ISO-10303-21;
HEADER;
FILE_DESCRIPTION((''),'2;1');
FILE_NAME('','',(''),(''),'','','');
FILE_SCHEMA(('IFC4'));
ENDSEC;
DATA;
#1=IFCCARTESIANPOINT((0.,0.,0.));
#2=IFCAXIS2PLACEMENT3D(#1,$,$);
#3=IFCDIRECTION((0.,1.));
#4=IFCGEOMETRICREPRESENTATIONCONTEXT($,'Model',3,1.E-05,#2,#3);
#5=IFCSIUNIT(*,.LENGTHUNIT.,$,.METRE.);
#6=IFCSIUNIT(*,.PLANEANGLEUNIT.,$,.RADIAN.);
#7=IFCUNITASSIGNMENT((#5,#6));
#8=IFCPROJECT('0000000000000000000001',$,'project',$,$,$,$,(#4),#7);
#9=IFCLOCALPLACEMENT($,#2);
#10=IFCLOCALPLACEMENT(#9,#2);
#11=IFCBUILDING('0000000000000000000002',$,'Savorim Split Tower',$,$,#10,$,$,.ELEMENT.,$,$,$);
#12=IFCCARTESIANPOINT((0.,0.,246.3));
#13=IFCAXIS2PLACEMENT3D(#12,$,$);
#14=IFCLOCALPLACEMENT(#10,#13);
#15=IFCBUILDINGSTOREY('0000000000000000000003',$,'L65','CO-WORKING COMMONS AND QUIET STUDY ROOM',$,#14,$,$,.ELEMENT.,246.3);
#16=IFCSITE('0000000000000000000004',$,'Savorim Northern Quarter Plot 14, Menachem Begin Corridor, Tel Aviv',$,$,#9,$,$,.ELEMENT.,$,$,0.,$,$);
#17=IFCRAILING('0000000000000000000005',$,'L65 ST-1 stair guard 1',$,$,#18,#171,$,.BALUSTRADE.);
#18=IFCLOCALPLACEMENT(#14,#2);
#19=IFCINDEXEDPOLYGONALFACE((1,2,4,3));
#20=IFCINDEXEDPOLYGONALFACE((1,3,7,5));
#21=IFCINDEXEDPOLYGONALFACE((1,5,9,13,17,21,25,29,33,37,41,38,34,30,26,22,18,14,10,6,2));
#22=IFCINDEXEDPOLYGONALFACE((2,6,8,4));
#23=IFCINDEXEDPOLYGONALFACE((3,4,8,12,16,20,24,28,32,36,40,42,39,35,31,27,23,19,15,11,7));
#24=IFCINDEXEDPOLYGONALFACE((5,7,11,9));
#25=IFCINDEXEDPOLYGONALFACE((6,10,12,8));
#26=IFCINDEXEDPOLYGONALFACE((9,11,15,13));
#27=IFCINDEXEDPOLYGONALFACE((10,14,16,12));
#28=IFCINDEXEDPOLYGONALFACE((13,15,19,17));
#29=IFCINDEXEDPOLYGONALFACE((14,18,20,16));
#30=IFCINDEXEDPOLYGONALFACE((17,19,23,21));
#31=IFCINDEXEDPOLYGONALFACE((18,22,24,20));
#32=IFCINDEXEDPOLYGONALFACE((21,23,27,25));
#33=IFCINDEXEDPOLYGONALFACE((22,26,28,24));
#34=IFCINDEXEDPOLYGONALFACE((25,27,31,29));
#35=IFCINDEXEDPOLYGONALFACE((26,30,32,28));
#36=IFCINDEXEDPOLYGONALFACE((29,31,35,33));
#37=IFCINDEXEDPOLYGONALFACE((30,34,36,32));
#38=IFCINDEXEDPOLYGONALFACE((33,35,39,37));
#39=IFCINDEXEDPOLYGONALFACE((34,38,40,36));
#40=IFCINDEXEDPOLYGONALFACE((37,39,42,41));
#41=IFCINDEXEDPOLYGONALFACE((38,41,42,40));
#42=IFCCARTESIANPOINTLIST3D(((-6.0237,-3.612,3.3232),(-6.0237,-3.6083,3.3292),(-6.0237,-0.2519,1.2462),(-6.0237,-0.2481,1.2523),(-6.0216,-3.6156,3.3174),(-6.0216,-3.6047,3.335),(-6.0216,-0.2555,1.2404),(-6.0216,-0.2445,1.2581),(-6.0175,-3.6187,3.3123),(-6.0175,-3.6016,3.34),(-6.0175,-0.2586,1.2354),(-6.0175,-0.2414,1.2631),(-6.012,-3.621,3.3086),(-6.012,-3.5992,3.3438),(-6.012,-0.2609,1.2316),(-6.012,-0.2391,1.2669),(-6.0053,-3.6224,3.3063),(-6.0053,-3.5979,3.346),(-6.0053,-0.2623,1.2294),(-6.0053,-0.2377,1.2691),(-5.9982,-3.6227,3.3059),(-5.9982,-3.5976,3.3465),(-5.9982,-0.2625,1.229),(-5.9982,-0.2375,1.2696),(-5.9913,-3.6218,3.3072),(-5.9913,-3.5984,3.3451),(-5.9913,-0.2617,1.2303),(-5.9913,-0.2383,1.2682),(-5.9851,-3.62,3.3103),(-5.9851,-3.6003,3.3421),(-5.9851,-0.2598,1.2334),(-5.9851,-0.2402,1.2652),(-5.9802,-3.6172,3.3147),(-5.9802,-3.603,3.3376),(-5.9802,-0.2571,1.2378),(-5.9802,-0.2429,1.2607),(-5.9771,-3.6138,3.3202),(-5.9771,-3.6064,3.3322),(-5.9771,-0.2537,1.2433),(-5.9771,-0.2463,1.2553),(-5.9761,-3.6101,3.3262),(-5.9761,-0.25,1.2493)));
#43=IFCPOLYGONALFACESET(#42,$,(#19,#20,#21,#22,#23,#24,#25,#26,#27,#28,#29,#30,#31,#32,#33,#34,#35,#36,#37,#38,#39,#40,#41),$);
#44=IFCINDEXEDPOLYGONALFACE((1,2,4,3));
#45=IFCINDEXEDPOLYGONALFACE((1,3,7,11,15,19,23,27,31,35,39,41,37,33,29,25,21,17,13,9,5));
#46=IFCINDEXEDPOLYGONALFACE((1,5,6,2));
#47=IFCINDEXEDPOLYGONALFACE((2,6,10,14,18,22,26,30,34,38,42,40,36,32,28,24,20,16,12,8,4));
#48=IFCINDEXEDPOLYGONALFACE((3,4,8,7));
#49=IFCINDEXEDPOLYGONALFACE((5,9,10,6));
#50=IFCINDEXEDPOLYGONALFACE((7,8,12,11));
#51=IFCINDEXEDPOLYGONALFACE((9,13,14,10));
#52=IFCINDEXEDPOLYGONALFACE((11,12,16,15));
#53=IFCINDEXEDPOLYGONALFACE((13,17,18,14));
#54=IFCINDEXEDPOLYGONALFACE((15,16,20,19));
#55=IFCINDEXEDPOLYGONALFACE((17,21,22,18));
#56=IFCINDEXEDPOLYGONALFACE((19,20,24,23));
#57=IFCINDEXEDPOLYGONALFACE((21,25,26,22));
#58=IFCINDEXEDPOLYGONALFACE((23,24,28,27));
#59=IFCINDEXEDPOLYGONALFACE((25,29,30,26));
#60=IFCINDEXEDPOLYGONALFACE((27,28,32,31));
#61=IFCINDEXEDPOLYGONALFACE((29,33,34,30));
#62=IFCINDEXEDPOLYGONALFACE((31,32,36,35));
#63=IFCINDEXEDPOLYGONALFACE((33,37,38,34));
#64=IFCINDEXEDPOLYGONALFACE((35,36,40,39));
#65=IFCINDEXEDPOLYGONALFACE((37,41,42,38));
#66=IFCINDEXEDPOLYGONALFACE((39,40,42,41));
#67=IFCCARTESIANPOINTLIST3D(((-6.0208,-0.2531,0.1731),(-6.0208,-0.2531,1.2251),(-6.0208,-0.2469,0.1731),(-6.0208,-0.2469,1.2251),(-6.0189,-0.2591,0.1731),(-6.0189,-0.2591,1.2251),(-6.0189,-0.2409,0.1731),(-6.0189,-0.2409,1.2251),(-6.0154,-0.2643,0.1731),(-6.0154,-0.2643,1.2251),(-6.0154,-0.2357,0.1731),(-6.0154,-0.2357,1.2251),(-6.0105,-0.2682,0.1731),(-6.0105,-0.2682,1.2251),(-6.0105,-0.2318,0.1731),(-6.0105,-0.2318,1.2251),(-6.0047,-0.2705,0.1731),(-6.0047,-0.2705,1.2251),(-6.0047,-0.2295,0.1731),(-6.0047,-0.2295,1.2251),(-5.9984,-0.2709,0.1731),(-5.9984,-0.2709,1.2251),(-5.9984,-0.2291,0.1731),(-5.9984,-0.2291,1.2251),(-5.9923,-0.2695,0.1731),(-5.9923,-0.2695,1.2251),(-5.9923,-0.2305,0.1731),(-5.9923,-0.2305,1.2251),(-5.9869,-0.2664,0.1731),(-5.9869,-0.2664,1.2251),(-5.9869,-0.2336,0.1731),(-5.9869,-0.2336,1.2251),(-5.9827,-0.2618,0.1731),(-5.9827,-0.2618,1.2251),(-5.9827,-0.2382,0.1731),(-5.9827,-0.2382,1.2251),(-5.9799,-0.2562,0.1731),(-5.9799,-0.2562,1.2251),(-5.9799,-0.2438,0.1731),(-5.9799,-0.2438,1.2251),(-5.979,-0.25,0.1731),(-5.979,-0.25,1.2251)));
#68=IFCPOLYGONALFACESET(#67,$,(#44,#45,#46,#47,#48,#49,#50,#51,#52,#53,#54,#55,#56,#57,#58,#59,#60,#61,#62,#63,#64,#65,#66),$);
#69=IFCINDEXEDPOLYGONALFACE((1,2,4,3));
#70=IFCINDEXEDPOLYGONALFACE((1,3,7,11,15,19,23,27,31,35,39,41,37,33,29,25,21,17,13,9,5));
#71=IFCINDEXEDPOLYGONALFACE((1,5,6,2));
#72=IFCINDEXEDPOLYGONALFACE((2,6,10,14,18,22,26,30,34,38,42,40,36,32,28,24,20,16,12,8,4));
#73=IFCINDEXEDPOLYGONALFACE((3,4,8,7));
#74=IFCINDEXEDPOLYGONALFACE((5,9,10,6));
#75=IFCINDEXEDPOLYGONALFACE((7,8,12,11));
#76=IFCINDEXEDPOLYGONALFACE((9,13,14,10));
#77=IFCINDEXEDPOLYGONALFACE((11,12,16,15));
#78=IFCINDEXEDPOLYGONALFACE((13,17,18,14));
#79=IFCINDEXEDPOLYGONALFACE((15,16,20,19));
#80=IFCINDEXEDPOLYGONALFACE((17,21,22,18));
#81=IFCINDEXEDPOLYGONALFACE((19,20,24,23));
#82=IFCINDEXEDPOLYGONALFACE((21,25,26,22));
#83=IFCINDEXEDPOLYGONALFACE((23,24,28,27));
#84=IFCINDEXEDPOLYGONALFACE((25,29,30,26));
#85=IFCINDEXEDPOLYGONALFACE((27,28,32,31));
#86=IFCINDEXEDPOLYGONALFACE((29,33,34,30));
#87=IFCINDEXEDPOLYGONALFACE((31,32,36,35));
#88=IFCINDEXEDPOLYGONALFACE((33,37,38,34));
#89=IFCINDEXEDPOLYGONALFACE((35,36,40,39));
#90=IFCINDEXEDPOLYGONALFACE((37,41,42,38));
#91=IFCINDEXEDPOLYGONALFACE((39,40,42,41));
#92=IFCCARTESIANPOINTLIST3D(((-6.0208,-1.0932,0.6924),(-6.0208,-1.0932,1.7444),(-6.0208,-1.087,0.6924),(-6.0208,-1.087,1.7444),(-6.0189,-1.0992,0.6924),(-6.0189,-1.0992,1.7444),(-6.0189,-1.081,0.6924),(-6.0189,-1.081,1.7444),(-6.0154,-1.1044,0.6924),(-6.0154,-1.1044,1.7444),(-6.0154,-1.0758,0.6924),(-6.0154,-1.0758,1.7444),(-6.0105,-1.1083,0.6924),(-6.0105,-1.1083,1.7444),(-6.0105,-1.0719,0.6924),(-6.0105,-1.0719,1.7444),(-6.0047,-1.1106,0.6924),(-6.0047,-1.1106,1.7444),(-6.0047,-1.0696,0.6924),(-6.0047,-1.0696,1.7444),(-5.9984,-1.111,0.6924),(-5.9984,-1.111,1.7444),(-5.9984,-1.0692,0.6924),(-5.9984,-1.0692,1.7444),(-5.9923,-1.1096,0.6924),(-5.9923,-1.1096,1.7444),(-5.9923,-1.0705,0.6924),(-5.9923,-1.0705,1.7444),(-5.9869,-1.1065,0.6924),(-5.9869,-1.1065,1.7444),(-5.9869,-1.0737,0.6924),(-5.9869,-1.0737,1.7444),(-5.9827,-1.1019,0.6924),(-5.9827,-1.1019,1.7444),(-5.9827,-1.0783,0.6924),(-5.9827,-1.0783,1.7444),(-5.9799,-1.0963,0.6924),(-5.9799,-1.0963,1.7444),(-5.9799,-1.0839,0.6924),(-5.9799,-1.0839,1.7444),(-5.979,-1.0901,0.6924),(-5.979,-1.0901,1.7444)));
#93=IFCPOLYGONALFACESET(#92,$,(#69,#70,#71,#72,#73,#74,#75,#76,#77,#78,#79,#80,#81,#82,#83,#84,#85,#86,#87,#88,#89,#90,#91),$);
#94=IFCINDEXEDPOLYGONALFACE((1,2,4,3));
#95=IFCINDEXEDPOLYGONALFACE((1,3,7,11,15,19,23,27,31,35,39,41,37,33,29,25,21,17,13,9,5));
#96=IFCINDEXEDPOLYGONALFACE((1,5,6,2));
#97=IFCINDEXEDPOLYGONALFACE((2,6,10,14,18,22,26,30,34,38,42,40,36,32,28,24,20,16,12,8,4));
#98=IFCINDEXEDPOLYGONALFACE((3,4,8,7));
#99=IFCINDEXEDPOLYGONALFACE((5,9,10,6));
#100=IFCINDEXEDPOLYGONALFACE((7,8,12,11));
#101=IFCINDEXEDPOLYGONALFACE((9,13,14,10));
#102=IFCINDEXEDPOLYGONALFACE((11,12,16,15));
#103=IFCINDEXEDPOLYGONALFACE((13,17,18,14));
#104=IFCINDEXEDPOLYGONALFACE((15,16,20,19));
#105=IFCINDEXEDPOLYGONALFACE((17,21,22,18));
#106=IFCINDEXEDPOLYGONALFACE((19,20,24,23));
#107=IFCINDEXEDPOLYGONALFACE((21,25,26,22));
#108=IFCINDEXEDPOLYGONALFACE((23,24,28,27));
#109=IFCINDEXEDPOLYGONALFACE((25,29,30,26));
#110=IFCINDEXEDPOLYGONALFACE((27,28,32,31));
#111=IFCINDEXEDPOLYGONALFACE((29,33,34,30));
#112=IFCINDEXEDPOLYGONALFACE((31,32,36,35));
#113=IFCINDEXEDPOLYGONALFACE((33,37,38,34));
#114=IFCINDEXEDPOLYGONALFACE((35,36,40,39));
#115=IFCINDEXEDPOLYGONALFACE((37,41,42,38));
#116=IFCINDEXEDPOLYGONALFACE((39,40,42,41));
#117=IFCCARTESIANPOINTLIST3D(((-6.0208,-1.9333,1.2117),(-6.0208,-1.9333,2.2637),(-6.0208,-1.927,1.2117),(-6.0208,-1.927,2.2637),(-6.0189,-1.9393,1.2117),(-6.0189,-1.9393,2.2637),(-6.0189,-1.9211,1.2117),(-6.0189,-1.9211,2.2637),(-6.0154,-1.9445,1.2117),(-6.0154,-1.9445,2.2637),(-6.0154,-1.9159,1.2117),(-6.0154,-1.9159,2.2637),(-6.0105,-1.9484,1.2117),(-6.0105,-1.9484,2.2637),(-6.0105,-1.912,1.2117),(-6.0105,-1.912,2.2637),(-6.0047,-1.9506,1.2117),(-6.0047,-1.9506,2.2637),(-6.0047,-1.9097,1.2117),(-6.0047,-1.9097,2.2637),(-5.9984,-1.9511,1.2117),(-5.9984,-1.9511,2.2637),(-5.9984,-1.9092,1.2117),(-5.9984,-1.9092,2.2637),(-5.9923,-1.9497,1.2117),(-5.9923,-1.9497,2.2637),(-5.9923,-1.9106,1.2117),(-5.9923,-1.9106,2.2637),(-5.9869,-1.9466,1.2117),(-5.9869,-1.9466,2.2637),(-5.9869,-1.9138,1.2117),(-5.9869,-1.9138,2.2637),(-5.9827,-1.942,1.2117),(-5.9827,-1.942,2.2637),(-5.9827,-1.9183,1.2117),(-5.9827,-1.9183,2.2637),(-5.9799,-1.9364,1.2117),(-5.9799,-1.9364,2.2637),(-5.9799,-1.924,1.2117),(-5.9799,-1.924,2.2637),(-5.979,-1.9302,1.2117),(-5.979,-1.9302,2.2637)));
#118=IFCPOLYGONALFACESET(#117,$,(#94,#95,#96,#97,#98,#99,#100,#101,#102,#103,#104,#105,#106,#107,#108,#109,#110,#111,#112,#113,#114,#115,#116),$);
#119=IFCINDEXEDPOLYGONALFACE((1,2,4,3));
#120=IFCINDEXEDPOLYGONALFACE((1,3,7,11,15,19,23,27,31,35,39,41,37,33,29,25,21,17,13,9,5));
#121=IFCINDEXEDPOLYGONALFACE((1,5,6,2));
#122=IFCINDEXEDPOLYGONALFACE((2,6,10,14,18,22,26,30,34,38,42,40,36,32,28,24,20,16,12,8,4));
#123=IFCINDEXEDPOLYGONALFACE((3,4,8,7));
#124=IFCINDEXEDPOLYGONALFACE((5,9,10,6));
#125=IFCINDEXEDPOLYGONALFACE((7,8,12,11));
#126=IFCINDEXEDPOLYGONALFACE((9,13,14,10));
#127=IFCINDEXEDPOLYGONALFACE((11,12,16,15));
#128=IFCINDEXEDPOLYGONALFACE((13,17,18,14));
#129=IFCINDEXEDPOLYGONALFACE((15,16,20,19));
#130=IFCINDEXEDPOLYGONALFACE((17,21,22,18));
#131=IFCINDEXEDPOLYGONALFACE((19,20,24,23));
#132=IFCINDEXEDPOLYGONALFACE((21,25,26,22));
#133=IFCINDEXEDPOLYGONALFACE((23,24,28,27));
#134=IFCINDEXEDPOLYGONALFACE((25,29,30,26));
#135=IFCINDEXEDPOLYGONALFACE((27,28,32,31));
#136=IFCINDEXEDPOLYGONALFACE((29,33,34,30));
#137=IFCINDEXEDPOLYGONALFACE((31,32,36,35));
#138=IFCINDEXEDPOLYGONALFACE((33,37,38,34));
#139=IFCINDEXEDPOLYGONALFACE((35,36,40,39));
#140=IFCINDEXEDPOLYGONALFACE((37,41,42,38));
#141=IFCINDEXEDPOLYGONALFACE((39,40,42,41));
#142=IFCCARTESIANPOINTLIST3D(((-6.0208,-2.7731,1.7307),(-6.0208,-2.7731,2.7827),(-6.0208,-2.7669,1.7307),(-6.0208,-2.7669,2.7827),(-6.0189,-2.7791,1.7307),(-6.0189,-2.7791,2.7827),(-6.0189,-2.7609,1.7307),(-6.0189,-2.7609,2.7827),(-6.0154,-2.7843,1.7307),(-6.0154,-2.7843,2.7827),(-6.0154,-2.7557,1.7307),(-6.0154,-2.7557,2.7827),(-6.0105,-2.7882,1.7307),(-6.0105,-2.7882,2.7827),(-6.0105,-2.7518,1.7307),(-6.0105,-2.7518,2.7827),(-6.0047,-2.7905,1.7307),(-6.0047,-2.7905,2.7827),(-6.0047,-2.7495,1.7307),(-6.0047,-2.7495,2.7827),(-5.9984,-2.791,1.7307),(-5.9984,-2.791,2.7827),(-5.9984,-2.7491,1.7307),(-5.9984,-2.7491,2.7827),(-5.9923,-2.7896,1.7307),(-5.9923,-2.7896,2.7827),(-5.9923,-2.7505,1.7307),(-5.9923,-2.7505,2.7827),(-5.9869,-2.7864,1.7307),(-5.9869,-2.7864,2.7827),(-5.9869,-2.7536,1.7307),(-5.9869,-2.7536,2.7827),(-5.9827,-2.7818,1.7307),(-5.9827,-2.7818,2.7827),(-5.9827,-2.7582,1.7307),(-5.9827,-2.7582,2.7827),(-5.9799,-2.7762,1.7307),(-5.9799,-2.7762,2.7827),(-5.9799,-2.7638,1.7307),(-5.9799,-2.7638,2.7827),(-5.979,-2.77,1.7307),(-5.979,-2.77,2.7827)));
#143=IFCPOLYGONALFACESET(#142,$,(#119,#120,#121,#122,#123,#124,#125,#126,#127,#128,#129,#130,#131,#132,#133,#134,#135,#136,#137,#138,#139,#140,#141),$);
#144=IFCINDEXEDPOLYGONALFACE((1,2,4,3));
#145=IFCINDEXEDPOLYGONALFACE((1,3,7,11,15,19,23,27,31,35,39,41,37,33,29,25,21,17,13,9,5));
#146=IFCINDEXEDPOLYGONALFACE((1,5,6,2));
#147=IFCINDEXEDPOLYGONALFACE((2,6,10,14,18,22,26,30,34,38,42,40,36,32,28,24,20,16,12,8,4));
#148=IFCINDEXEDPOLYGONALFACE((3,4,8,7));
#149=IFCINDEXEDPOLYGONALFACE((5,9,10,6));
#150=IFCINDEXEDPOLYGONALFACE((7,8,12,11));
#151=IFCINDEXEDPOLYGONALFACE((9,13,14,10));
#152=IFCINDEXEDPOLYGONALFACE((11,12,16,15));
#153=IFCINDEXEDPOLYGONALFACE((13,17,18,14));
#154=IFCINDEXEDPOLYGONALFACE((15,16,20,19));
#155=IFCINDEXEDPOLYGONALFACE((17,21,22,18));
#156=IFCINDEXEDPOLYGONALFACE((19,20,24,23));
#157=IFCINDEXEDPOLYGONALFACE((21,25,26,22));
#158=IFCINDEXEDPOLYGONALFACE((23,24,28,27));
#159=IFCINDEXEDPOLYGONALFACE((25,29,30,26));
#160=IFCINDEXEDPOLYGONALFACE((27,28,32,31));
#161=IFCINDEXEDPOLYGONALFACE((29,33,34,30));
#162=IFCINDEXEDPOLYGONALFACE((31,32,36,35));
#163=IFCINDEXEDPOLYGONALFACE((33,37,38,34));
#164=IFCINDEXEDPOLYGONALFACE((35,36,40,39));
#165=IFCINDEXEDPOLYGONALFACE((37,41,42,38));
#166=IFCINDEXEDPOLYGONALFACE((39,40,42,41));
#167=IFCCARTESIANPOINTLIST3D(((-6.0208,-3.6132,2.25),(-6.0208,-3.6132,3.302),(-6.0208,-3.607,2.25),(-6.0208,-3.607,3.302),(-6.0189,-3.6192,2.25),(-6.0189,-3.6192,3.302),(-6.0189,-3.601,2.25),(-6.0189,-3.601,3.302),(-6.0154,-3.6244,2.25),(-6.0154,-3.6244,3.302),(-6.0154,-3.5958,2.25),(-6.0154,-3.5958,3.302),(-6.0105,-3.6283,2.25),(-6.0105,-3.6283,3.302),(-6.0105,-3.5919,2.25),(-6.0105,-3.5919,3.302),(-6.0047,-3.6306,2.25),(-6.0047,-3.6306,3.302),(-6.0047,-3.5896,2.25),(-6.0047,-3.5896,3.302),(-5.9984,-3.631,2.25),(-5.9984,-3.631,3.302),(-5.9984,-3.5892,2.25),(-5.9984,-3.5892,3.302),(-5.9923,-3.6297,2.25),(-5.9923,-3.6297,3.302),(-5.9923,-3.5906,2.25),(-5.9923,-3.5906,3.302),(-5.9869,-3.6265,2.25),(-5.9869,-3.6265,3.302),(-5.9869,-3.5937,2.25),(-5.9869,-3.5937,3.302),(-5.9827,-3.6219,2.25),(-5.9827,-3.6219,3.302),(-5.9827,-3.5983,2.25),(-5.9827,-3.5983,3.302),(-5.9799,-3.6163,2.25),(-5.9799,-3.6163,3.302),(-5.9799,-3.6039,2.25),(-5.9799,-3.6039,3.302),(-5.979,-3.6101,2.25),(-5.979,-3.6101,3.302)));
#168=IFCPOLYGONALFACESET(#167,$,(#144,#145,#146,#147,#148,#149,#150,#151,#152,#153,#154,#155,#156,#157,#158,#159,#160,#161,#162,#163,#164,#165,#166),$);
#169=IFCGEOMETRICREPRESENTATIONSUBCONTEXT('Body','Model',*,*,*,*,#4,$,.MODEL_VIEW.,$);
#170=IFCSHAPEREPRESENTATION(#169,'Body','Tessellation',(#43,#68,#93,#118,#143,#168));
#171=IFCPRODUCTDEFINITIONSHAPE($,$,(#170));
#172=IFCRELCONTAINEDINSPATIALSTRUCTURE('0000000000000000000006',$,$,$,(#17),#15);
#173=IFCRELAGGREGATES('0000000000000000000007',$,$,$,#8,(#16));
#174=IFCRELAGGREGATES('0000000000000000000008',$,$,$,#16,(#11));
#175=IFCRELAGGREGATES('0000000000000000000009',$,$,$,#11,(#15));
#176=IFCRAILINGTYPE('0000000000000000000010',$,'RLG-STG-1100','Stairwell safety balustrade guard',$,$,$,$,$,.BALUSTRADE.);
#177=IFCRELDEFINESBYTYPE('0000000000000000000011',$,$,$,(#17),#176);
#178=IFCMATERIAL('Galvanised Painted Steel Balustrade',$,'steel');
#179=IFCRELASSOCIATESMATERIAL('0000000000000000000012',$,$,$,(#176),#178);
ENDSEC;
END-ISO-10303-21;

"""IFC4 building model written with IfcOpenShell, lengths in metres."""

from ifc_helpers import new_model, si_unit, direction, frame, origin, origin_2d, place, context, subcontext, project, spatial, circle, extrude, material, type_object, element, save


model = new_model("IFC4")

# Units and contexts
model_context = context("Model", 3, precision=1e-05, world=origin(), true_north=direction((0.0, 1.0)))
body_context = subcontext(model_context, "Body", "Model", "MODEL_VIEW")
ifc_project = project(units=[si_unit("LENGTHUNIT", "METRE"), si_unit("PLANEANGLEUNIT", "RADIAN")], contexts=[model_context])

# Site, building, storey
site_placement = place(None, origin())
site = spatial("IfcSite", under=ifc_project, at=site_placement, Name="Savorim Northern Quarter Plot 14, Menachem Begin Corridor, Tel Aviv", CompositionType="ELEMENT", RefElevation=0.0)
building_placement = place(site_placement, origin())
building = spatial("IfcBuilding", under=site, at=building_placement, Name="Savorim Split Tower", CompositionType="ELEMENT")
storey_placement = place(building_placement, frame((0.0, 0.0, 246.3)))
storey = spatial("IfcBuildingStorey", under=building, at=storey_placement, Name="L65", Description="CO-WORKING COMMONS AND QUIET STUDY ROOM", CompositionType="ELEMENT", Elevation=246.3)

# Railing
ifc_material_1 = material(Name="Galvanised Painted Steel Balustrade", Category="steel")
railing_type_1 = type_object("IfcRailingType", Name="RLG-STG-1100", Description="Stairwell safety balustrade guard", PredefinedType="BALUSTRADE", material=ifc_material_1)
railing_1_placement = place(storey_placement, frame((-6.0, -0.25, 0.1731)))
element("IfcRailing", 1, at=railing_1_placement, inside=storey, type_object=railing_type_1, Name="L65 ST-1 stair guard 1", PredefinedType="BALUSTRADE", context=body_context, shape_type="SweptSolid", body=[
    extrude(circle(Radius=0.0239, at=origin_2d()), frame((0.0, 0.0, 1.0762), z_axis=(0.0, -0.850623, 0.525776), x_axis=(1.0, 0.0, 0.0)), (0.0, 0.0, 1.0), 3.9502),
    extrude(circle(Radius=0.021, at=origin_2d()), origin(), (0.0, 0.0, 1.0), 1.052),
    extrude(circle(Radius=0.021, at=origin_2d()), frame((0.0, -0.8401, 0.5193)), (0.0, 0.0, 1.0), 1.052),
    extrude(circle(Radius=0.021, at=origin_2d()), frame((0.0, -1.6802, 1.0386)), (0.0, 0.0, 1.0), 1.052),
    extrude(circle(Radius=0.021, at=origin_2d()), frame((0.0, -2.52, 1.5576)), (0.0, 0.0, 1.0), 1.052),
    extrude(circle(Radius=0.021, at=origin_2d()), frame((0.0, -3.3601, 2.0769)), (0.0, 0.0, 1.0), 1.052),
])

save(model, "model.ifc")
